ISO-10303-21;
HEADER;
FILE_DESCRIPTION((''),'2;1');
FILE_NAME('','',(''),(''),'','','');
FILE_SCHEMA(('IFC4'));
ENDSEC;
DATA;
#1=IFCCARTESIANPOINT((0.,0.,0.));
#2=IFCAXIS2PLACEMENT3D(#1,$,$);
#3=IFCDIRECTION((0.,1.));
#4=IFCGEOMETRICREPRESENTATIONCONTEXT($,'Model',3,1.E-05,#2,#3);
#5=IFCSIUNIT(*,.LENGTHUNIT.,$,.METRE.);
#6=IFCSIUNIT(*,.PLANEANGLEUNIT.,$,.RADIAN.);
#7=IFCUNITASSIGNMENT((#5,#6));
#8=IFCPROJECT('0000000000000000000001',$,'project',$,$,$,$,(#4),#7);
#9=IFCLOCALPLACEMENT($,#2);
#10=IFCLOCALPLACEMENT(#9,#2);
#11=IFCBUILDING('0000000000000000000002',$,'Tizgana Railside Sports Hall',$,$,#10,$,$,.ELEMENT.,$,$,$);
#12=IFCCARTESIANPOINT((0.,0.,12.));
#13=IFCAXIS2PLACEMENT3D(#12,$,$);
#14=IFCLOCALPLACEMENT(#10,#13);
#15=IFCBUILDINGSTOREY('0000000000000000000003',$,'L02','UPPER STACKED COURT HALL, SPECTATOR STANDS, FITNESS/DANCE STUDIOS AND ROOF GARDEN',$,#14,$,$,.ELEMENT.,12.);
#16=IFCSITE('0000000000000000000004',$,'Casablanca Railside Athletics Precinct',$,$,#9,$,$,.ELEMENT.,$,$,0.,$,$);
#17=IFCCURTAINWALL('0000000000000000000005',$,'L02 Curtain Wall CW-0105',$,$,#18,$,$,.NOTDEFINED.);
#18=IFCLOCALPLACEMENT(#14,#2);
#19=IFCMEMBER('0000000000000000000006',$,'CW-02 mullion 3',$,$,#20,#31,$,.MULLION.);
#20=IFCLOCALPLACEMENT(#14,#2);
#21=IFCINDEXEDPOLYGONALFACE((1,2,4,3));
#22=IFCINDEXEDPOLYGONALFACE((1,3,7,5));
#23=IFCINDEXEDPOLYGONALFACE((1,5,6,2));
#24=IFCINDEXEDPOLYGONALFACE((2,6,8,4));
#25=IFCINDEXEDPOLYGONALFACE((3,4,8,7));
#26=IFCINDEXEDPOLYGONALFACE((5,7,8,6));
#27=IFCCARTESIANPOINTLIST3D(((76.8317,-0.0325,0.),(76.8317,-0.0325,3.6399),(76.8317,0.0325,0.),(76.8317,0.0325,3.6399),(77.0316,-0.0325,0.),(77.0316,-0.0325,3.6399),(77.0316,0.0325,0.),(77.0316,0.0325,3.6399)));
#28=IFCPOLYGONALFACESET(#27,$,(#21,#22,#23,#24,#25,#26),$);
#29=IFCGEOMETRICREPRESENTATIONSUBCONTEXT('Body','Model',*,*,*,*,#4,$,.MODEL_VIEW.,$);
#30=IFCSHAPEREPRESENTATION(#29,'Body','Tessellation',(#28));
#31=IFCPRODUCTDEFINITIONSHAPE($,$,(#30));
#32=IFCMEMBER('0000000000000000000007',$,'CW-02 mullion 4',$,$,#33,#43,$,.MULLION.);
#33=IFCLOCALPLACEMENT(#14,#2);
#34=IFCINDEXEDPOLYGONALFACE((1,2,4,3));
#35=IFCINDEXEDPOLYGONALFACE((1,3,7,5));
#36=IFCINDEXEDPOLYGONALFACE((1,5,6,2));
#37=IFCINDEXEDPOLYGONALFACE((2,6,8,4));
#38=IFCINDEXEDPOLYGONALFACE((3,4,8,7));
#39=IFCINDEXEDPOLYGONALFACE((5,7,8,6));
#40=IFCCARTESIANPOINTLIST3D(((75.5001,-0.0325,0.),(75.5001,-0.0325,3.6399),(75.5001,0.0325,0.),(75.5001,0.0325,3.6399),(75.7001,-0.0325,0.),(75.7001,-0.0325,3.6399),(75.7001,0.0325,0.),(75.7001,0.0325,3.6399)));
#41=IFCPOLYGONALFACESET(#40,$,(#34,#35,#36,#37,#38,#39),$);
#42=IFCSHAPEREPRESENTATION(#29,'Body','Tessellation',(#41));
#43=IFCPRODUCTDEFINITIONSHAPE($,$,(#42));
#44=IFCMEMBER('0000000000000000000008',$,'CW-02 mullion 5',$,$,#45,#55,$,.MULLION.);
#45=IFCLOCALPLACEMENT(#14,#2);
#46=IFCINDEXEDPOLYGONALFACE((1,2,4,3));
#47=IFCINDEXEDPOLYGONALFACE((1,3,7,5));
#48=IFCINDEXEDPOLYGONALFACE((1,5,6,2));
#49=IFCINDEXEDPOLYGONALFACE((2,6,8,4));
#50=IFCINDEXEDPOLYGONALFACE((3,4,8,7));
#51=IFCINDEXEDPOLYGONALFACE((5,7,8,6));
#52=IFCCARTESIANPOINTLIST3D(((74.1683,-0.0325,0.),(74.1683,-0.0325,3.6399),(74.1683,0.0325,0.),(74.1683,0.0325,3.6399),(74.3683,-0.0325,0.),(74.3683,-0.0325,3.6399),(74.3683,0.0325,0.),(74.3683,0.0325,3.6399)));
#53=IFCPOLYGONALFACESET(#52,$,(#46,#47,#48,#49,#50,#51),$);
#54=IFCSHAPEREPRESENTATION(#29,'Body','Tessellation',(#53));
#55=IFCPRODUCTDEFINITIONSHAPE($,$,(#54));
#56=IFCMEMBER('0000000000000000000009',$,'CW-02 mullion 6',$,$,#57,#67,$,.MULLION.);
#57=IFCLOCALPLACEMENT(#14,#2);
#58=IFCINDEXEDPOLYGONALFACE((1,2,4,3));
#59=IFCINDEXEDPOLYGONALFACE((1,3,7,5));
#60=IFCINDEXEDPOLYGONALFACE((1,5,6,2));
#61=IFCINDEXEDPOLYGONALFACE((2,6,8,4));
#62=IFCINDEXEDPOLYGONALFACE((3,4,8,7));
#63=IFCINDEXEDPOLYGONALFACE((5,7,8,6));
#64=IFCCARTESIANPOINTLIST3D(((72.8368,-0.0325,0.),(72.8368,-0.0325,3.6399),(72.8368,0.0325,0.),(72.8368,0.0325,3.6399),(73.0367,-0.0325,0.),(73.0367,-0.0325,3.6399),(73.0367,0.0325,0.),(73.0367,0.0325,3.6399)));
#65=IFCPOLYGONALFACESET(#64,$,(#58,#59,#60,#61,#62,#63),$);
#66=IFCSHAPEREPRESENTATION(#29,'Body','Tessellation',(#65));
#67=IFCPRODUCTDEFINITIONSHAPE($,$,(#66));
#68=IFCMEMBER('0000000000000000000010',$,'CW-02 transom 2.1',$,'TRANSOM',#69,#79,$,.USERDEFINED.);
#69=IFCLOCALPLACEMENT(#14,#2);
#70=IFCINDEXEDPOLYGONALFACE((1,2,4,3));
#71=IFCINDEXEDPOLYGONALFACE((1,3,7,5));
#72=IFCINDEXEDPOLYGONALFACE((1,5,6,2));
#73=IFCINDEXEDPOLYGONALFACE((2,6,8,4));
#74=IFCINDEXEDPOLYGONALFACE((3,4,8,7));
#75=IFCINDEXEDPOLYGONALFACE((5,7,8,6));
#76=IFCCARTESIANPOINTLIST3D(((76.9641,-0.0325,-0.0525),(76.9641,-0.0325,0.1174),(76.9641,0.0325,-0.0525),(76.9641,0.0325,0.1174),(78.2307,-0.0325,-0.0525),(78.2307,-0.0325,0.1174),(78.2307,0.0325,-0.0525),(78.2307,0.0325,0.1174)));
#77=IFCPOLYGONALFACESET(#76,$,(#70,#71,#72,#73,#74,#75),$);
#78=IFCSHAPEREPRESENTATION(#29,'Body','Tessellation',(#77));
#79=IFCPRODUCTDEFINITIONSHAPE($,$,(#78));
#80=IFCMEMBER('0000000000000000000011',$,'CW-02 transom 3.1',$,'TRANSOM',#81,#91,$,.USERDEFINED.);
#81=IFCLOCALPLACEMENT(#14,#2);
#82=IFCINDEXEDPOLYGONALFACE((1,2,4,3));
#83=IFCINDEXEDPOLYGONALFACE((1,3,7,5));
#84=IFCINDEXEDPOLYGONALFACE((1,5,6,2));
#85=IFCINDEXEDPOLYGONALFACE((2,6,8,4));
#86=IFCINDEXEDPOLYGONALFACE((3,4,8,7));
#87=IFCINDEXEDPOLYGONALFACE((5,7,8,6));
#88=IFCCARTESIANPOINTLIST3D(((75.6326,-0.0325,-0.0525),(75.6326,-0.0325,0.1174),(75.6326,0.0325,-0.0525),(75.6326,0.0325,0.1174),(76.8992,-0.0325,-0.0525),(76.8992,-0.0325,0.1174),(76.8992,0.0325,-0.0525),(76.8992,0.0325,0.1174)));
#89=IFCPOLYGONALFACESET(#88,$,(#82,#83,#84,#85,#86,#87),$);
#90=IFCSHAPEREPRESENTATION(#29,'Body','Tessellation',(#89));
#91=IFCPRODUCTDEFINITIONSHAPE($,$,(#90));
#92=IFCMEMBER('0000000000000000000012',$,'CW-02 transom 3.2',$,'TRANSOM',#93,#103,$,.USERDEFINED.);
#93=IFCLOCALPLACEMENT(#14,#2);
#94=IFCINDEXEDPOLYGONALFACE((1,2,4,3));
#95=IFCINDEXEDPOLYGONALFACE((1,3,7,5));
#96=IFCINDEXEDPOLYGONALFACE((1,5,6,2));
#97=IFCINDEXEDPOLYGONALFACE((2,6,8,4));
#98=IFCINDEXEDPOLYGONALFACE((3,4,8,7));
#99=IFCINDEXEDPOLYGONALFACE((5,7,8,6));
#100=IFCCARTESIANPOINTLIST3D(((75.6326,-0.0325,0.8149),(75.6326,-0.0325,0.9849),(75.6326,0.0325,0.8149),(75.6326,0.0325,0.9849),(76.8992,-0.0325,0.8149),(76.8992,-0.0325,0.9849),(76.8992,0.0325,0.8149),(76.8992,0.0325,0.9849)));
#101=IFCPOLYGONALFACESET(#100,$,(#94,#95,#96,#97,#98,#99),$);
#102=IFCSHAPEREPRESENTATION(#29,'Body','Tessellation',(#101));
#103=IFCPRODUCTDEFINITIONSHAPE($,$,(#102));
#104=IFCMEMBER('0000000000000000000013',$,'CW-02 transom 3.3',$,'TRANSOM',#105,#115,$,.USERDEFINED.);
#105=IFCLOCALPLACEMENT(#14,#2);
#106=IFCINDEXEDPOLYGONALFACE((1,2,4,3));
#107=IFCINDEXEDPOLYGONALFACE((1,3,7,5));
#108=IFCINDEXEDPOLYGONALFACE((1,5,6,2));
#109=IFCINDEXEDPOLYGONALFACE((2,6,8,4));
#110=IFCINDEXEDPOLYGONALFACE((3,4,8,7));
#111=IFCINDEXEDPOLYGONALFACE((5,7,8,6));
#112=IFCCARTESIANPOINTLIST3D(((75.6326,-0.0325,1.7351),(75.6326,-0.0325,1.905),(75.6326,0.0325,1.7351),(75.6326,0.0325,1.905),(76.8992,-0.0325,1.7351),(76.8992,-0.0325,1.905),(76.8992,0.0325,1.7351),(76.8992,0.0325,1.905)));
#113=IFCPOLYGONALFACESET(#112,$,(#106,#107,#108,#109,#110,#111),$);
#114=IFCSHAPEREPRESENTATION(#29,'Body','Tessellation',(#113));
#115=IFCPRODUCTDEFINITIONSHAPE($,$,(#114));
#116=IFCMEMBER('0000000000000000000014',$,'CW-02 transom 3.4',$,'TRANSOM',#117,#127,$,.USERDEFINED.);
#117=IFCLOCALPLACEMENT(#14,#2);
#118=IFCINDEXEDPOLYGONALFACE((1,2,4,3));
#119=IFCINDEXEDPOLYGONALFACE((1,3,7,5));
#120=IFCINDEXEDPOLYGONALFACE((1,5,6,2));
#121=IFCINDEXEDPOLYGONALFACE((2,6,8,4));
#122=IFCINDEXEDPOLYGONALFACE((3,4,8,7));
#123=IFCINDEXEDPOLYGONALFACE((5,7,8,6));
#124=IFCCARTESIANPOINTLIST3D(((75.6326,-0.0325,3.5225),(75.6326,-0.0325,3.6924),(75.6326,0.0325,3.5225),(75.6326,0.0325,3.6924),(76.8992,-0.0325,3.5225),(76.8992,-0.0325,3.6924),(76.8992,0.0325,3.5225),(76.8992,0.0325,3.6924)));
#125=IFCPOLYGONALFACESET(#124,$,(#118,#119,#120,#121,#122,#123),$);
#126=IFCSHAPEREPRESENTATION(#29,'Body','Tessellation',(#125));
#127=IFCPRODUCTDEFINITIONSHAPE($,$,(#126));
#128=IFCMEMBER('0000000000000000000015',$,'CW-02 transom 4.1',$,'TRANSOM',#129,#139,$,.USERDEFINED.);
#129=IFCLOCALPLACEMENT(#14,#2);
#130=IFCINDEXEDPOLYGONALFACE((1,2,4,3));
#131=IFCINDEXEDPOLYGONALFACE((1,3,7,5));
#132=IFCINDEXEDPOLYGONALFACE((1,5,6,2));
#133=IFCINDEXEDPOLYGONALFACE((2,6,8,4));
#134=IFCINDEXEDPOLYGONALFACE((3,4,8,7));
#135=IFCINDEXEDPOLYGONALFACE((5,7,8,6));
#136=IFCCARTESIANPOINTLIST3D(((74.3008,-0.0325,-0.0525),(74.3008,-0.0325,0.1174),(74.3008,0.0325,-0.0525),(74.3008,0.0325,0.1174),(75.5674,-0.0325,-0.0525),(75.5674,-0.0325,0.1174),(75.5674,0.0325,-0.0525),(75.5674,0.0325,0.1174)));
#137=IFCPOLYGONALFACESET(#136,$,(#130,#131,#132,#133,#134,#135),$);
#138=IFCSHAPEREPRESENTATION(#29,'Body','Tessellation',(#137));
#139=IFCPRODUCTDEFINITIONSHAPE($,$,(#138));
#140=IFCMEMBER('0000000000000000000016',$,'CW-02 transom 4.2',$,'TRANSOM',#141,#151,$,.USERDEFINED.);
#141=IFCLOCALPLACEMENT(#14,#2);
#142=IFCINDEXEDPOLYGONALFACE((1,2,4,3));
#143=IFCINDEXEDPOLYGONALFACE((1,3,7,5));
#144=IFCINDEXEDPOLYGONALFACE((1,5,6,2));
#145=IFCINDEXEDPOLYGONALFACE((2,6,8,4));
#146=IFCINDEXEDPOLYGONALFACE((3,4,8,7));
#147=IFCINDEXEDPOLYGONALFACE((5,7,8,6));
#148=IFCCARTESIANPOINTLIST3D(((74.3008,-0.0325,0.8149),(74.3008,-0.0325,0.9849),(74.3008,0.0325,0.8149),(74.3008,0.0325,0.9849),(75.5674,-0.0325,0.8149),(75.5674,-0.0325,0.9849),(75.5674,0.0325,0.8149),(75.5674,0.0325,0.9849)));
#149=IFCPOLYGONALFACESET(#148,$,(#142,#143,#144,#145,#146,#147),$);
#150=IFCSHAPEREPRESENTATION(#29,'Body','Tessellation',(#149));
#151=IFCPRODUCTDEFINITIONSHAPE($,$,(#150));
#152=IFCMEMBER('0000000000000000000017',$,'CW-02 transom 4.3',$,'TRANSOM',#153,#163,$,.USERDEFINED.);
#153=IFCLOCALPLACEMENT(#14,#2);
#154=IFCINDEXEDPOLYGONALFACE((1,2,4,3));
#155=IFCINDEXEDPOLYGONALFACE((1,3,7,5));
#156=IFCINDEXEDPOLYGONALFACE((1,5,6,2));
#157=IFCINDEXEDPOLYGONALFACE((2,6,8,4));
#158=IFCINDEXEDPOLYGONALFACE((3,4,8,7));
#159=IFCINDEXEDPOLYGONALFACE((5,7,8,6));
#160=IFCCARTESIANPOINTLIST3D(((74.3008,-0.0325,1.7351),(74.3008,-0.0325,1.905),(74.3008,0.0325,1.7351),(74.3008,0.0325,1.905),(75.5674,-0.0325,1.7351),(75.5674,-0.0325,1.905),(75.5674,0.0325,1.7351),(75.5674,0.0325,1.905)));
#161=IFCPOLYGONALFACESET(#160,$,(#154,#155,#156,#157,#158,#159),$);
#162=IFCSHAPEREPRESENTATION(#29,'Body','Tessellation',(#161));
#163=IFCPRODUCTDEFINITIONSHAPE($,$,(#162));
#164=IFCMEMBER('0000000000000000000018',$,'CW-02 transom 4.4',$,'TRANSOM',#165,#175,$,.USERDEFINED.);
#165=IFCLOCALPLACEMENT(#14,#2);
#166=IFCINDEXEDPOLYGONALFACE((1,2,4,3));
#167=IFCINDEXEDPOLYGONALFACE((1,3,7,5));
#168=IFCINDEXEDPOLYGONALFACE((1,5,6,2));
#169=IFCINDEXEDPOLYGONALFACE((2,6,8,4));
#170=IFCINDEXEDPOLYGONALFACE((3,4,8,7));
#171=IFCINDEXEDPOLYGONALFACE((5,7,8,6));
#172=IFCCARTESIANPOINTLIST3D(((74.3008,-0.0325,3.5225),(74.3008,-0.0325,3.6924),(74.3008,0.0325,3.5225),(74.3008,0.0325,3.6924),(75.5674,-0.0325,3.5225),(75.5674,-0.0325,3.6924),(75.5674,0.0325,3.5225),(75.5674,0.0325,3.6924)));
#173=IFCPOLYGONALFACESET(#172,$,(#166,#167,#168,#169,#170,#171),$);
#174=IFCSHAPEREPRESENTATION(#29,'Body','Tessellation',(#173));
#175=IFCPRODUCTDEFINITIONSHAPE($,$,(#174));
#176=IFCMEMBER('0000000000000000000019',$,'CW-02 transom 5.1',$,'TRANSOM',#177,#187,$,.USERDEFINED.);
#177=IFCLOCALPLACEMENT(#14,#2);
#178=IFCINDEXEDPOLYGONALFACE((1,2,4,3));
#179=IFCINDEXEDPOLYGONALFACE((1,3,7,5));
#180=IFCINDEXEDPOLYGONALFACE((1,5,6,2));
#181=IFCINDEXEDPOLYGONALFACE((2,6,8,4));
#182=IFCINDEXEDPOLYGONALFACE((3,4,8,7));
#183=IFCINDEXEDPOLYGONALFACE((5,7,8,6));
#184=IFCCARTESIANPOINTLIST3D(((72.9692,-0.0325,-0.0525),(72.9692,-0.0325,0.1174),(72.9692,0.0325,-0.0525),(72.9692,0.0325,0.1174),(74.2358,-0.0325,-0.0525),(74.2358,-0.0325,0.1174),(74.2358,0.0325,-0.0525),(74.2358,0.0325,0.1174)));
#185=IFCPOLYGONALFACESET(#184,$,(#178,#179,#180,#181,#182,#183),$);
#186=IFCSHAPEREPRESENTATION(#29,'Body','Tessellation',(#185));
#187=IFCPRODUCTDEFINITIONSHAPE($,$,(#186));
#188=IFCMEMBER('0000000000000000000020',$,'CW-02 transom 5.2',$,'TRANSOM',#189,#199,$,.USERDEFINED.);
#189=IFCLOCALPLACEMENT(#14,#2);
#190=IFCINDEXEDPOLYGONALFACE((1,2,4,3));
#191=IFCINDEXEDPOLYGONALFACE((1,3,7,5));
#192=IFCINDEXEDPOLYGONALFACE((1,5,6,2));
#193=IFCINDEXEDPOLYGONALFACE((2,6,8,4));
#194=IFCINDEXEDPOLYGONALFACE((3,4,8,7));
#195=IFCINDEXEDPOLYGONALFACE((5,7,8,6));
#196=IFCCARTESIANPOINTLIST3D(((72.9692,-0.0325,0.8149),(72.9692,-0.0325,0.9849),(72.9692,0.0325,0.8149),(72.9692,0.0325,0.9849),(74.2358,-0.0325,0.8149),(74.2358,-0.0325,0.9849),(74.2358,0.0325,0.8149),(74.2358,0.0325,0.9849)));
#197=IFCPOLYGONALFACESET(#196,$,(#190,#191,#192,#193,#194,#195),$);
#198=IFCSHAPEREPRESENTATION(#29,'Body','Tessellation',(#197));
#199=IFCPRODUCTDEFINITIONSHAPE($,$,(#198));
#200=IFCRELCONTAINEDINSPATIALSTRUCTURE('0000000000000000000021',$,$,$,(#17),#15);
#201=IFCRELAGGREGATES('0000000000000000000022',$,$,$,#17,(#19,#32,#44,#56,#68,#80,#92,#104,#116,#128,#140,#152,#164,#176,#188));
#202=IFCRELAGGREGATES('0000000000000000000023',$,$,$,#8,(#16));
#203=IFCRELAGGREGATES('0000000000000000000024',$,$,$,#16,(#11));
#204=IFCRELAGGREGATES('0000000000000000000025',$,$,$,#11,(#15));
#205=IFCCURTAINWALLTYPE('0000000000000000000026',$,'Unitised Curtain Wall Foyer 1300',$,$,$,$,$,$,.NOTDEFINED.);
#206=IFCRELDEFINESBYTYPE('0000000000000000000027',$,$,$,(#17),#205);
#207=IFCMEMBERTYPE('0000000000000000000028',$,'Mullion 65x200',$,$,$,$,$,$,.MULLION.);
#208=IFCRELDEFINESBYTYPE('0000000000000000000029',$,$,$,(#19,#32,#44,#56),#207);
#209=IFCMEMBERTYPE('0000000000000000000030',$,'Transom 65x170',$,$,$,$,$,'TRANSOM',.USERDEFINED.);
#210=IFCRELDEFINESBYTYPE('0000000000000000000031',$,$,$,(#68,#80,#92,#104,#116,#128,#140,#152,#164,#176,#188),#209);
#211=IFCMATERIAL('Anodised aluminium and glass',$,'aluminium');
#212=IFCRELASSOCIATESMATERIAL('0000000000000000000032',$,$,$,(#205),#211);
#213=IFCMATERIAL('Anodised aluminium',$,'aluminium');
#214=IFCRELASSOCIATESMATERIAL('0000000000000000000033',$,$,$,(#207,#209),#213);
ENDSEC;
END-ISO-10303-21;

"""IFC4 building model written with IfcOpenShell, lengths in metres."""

from ifc_helpers import new_model, si_unit, direction, frame, origin, origin_2d, place, context, subcontext, project, spatial, rectangle, extrude, material, material_profile, profile_set, type_object, element, aggregate, save


model = new_model("IFC4")

# Units and contexts
model_context = context("Model", 3, precision=1e-05, world=origin(), true_north=direction((0.0, 1.0)))
body_context = subcontext(model_context, "Body", "Model", "MODEL_VIEW")
ifc_project = project(units=[si_unit("LENGTHUNIT", "METRE"), si_unit("PLANEANGLEUNIT", "RADIAN")], contexts=[model_context])

# Site, building, storey
site_placement = place(None, origin())
site = spatial("IfcSite", under=ifc_project, at=site_placement, Name="Casablanca Railside Athletics Precinct", CompositionType="ELEMENT", RefElevation=0.0)
building_placement = place(site_placement, origin())
building = spatial("IfcBuilding", under=site, at=building_placement, Name="Tizgana Railside Sports Hall", CompositionType="ELEMENT")
storey_placement = place(building_placement, frame((0.0, 0.0, 12.0)))
storey = spatial("IfcBuildingStorey", under=building, at=storey_placement, Name="L02", Description="UPPER STACKED COURT HALL, SPECTATOR STANDS, FITNESS/DANCE STUDIOS AND ROOF GARDEN", CompositionType="ELEMENT", Elevation=12.0)

# Curtain wall, members
ifc_material_1 = material(Name="Anodised aluminium and glass", Category="aluminium")
curtain_wall_type = type_object("IfcCurtainWallType", Name="Unitised Curtain Wall Foyer 1300", PredefinedType="NOTDEFINED", material=ifc_material_1)
curtain_wall_placement = place(storey_placement, origin())
curtain_wall = element("IfcCurtainWall", 1, at=curtain_wall_placement, inside=storey, type_object=curtain_wall_type, Name="L02 Curtain Wall CW-0105", PredefinedType="NOTDEFINED")
ifc_material_2 = material(Name="Anodised aluminium", Category="aluminium")
ifc_material_profile_1 = material_profile(ifc_material_2, rectangle(XDim=0.0649, YDim=0.2, at=origin_2d()), Name="Mullion 65x200")
ifc_profile_set_1 = profile_set([ifc_material_profile_1], Name="Anodised aluminium")
member_type_1 = type_object("IfcMemberType", Name="Mullion 65x200", PredefinedType="MULLION", material=ifc_profile_set_1)
member_1_placement = place(storey_placement, frame((76.9316, 0.0, 0.0), z_axis=(0.0, 0.0, 1.0), x_axis=(0.0, -1.0, 0.0)))
member_1 = element("IfcMember", 2, at=member_1_placement, type_object=member_type_1, Name="CW-02 mullion 3", PredefinedType="MULLION", context=body_context, shape_type="SweptSolid", body=[
    extrude(rectangle(XDim=0.0649, YDim=0.2, at=origin_2d()), origin(), (0.0, 0.0, 1.0), 3.6399),
])
member_2_placement = place(storey_placement, frame((75.6001, 0.0, 0.0), z_axis=(0.0, 0.0, 1.0), x_axis=(0.0, -1.0, 0.0)))
member_2 = element("IfcMember", 3, at=member_2_placement, type_object=member_type_1, Name="CW-02 mullion 4", PredefinedType="MULLION", context=body_context, shape_type="SweptSolid", body=[
    extrude(rectangle(XDim=0.0649, YDim=0.2, at=origin_2d()), origin(), (0.0, 0.0, 1.0), 3.6399),
])
member_3_placement = place(storey_placement, frame((74.2683, 0.0, 0.0), z_axis=(0.0, 0.0, 1.0), x_axis=(0.0, -1.0, 0.0)))
member_3 = element("IfcMember", 4, at=member_3_placement, type_object=member_type_1, Name="CW-02 mullion 5", PredefinedType="MULLION", context=body_context, shape_type="SweptSolid", body=[
    extrude(rectangle(XDim=0.0649, YDim=0.2, at=origin_2d()), origin(), (0.0, 0.0, 1.0), 3.6399),
])
member_4_placement = place(storey_placement, frame((72.9368, 0.0, 0.0), z_axis=(0.0, 0.0, 1.0), x_axis=(0.0, -1.0, 0.0)))
member_4 = element("IfcMember", 5, at=member_4_placement, type_object=member_type_1, Name="CW-02 mullion 6", PredefinedType="MULLION", context=body_context, shape_type="SweptSolid", body=[
    extrude(rectangle(XDim=0.0649, YDim=0.2, at=origin_2d()), origin(), (0.0, 0.0, 1.0), 3.6399),
])
ifc_material_profile_2 = material_profile(ifc_material_2, rectangle(XDim=0.0649, YDim=0.1699, at=origin_2d()), Name="Transom 65x170")
ifc_profile_set_2 = profile_set([ifc_material_profile_2], Name="Anodised aluminium")
member_type_2 = type_object("IfcMemberType", Name="Transom 65x170", ElementType="TRANSOM", PredefinedType="USERDEFINED", material=ifc_profile_set_2)
member_5_placement = place(storey_placement, frame((78.2307, 0.0, 0.0325), z_axis=(-1.0, 0.0, 0.0), x_axis=(0.0, -1.0, 0.0)))
member_5 = element("IfcMember", 6, at=member_5_placement, type_object=member_type_2, Name="CW-02 transom 2.1", ObjectType="TRANSOM", PredefinedType="USERDEFINED", context=body_context, shape_type="SweptSolid", body=[
    extrude(rectangle(XDim=0.0649, YDim=0.1699, at=origin_2d()), origin(), (0.0, 0.0, 1.0), 1.2666),
])
member_6_placement = place(storey_placement, frame((76.8992, 0.0, 0.0325), z_axis=(-1.0, 0.0, 0.0), x_axis=(0.0, -1.0, 0.0)))
member_6 = element("IfcMember", 7, at=member_6_placement, type_object=member_type_2, Name="CW-02 transom 3.1", ObjectType="TRANSOM", PredefinedType="USERDEFINED", context=body_context, shape_type="SweptSolid", body=[
    extrude(rectangle(XDim=0.0649, YDim=0.1699, at=origin_2d()), origin(), (0.0, 0.0, 1.0), 1.2666),
])
member_7_placement = place(storey_placement, frame((76.8992, 0.0, 0.8999), z_axis=(-1.0, 0.0, 0.0), x_axis=(0.0, -1.0, 0.0)))
member_7 = element("IfcMember", 8, at=member_7_placement, type_object=member_type_2, Name="CW-02 transom 3.2", ObjectType="TRANSOM", PredefinedType="USERDEFINED", context=body_context, shape_type="SweptSolid", body=[
    extrude(rectangle(XDim=0.0649, YDim=0.1699, at=origin_2d()), origin(), (0.0, 0.0, 1.0), 1.2666),
])
member_8_placement = place(storey_placement, frame((76.8992, 0.0, 1.8201), z_axis=(-1.0, 0.0, 0.0), x_axis=(0.0, -1.0, 0.0)))
member_8 = element("IfcMember", 9, at=member_8_placement, type_object=member_type_2, Name="CW-02 transom 3.3", ObjectType="TRANSOM", PredefinedType="USERDEFINED", context=body_context, shape_type="SweptSolid", body=[
    extrude(rectangle(XDim=0.0649, YDim=0.1699, at=origin_2d()), origin(), (0.0, 0.0, 1.0), 1.2666),
])
member_9_placement = place(storey_placement, frame((76.8992, 0.0, 3.6074), z_axis=(-1.0, 0.0, 0.0), x_axis=(0.0, -1.0, 0.0)))
member_9 = element("IfcMember", 10, at=member_9_placement, type_object=member_type_2, Name="CW-02 transom 3.4", ObjectType="TRANSOM", PredefinedType="USERDEFINED", context=body_context, shape_type="SweptSolid", body=[
    extrude(rectangle(XDim=0.0649, YDim=0.1699, at=origin_2d()), origin(), (0.0, 0.0, 1.0), 1.2666),
])
member_10_placement = place(storey_placement, frame((75.5674, 0.0, 0.0325), z_axis=(-1.0, 0.0, 0.0), x_axis=(0.0, -1.0, 0.0)))
member_10 = element("IfcMember", 11, at=member_10_placement, type_object=member_type_2, Name="CW-02 transom 4.1", ObjectType="TRANSOM", PredefinedType="USERDEFINED", context=body_context, shape_type="SweptSolid", body=[
    extrude(rectangle(XDim=0.0649, YDim=0.1699, at=origin_2d()), origin(), (0.0, 0.0, 1.0), 1.2666),
])
member_11_placement = place(storey_placement, frame((75.5674, 0.0, 0.8999), z_axis=(-1.0, 0.0, 0.0), x_axis=(0.0, -1.0, 0.0)))
member_11 = element("IfcMember", 12, at=member_11_placement, type_object=member_type_2, Name="CW-02 transom 4.2", ObjectType="TRANSOM", PredefinedType="USERDEFINED", context=body_context, shape_type="SweptSolid", body=[
    extrude(rectangle(XDim=0.0649, YDim=0.1699, at=origin_2d()), origin(), (0.0, 0.0, 1.0), 1.2666),
])
member_12_placement = place(storey_placement, frame((75.5674, 0.0, 1.8201), z_axis=(-1.0, 0.0, 0.0), x_axis=(0.0, -1.0, 0.0)))
member_12 = element("IfcMember", 13, at=member_12_placement, type_object=member_type_2, Name="CW-02 transom 4.3", ObjectType="TRANSOM", PredefinedType="USERDEFINED", context=body_context, shape_type="SweptSolid", body=[
    extrude(rectangle(XDim=0.0649, YDim=0.1699, at=origin_2d()), origin(), (0.0, 0.0, 1.0), 1.2666),
])
member_13_placement = place(storey_placement, frame((75.5674, 0.0, 3.6074), z_axis=(-1.0, 0.0, 0.0), x_axis=(0.0, -1.0, 0.0)))
member_13 = element("IfcMember", 14, at=member_13_placement, type_object=member_type_2, Name="CW-02 transom 4.4", ObjectType="TRANSOM", PredefinedType="USERDEFINED", context=body_context, shape_type="SweptSolid", body=[
    extrude(rectangle(XDim=0.0649, YDim=0.1699, at=origin_2d()), origin(), (0.0, 0.0, 1.0), 1.2666),
])
member_14_placement = place(storey_placement, frame((74.2358, 0.0, 0.0325), z_axis=(-1.0, 0.0, 0.0), x_axis=(0.0, -1.0, 0.0)))
member_14 = element("IfcMember", 15, at=member_14_placement, type_object=member_type_2, Name="CW-02 transom 5.1", ObjectType="TRANSOM", PredefinedType="USERDEFINED", context=body_context, shape_type="SweptSolid", body=[
    extrude(rectangle(XDim=0.0649, YDim=0.1699, at=origin_2d()), origin(), (0.0, 0.0, 1.0), 1.2666),
])
member_15_placement = place(storey_placement, frame((74.2358, 0.0, 0.8999), z_axis=(-1.0, 0.0, 0.0), x_axis=(0.0, -1.0, 0.0)))
member_15 = element("IfcMember", 16, at=member_15_placement, type_object=member_type_2, Name="CW-02 transom 5.2", ObjectType="TRANSOM", PredefinedType="USERDEFINED", context=body_context, shape_type="SweptSolid", body=[
    extrude(rectangle(XDim=0.0649, YDim=0.1699, at=origin_2d()), origin(), (0.0, 0.0, 1.0), 1.2666),
])
aggregate(curtain_wall, [member_1, member_2, member_3, member_4, member_5, member_6, member_7, member_8, member_9, member_10, member_11, member_12, member_13, member_14, member_15])

save(model, "model.ifc")
